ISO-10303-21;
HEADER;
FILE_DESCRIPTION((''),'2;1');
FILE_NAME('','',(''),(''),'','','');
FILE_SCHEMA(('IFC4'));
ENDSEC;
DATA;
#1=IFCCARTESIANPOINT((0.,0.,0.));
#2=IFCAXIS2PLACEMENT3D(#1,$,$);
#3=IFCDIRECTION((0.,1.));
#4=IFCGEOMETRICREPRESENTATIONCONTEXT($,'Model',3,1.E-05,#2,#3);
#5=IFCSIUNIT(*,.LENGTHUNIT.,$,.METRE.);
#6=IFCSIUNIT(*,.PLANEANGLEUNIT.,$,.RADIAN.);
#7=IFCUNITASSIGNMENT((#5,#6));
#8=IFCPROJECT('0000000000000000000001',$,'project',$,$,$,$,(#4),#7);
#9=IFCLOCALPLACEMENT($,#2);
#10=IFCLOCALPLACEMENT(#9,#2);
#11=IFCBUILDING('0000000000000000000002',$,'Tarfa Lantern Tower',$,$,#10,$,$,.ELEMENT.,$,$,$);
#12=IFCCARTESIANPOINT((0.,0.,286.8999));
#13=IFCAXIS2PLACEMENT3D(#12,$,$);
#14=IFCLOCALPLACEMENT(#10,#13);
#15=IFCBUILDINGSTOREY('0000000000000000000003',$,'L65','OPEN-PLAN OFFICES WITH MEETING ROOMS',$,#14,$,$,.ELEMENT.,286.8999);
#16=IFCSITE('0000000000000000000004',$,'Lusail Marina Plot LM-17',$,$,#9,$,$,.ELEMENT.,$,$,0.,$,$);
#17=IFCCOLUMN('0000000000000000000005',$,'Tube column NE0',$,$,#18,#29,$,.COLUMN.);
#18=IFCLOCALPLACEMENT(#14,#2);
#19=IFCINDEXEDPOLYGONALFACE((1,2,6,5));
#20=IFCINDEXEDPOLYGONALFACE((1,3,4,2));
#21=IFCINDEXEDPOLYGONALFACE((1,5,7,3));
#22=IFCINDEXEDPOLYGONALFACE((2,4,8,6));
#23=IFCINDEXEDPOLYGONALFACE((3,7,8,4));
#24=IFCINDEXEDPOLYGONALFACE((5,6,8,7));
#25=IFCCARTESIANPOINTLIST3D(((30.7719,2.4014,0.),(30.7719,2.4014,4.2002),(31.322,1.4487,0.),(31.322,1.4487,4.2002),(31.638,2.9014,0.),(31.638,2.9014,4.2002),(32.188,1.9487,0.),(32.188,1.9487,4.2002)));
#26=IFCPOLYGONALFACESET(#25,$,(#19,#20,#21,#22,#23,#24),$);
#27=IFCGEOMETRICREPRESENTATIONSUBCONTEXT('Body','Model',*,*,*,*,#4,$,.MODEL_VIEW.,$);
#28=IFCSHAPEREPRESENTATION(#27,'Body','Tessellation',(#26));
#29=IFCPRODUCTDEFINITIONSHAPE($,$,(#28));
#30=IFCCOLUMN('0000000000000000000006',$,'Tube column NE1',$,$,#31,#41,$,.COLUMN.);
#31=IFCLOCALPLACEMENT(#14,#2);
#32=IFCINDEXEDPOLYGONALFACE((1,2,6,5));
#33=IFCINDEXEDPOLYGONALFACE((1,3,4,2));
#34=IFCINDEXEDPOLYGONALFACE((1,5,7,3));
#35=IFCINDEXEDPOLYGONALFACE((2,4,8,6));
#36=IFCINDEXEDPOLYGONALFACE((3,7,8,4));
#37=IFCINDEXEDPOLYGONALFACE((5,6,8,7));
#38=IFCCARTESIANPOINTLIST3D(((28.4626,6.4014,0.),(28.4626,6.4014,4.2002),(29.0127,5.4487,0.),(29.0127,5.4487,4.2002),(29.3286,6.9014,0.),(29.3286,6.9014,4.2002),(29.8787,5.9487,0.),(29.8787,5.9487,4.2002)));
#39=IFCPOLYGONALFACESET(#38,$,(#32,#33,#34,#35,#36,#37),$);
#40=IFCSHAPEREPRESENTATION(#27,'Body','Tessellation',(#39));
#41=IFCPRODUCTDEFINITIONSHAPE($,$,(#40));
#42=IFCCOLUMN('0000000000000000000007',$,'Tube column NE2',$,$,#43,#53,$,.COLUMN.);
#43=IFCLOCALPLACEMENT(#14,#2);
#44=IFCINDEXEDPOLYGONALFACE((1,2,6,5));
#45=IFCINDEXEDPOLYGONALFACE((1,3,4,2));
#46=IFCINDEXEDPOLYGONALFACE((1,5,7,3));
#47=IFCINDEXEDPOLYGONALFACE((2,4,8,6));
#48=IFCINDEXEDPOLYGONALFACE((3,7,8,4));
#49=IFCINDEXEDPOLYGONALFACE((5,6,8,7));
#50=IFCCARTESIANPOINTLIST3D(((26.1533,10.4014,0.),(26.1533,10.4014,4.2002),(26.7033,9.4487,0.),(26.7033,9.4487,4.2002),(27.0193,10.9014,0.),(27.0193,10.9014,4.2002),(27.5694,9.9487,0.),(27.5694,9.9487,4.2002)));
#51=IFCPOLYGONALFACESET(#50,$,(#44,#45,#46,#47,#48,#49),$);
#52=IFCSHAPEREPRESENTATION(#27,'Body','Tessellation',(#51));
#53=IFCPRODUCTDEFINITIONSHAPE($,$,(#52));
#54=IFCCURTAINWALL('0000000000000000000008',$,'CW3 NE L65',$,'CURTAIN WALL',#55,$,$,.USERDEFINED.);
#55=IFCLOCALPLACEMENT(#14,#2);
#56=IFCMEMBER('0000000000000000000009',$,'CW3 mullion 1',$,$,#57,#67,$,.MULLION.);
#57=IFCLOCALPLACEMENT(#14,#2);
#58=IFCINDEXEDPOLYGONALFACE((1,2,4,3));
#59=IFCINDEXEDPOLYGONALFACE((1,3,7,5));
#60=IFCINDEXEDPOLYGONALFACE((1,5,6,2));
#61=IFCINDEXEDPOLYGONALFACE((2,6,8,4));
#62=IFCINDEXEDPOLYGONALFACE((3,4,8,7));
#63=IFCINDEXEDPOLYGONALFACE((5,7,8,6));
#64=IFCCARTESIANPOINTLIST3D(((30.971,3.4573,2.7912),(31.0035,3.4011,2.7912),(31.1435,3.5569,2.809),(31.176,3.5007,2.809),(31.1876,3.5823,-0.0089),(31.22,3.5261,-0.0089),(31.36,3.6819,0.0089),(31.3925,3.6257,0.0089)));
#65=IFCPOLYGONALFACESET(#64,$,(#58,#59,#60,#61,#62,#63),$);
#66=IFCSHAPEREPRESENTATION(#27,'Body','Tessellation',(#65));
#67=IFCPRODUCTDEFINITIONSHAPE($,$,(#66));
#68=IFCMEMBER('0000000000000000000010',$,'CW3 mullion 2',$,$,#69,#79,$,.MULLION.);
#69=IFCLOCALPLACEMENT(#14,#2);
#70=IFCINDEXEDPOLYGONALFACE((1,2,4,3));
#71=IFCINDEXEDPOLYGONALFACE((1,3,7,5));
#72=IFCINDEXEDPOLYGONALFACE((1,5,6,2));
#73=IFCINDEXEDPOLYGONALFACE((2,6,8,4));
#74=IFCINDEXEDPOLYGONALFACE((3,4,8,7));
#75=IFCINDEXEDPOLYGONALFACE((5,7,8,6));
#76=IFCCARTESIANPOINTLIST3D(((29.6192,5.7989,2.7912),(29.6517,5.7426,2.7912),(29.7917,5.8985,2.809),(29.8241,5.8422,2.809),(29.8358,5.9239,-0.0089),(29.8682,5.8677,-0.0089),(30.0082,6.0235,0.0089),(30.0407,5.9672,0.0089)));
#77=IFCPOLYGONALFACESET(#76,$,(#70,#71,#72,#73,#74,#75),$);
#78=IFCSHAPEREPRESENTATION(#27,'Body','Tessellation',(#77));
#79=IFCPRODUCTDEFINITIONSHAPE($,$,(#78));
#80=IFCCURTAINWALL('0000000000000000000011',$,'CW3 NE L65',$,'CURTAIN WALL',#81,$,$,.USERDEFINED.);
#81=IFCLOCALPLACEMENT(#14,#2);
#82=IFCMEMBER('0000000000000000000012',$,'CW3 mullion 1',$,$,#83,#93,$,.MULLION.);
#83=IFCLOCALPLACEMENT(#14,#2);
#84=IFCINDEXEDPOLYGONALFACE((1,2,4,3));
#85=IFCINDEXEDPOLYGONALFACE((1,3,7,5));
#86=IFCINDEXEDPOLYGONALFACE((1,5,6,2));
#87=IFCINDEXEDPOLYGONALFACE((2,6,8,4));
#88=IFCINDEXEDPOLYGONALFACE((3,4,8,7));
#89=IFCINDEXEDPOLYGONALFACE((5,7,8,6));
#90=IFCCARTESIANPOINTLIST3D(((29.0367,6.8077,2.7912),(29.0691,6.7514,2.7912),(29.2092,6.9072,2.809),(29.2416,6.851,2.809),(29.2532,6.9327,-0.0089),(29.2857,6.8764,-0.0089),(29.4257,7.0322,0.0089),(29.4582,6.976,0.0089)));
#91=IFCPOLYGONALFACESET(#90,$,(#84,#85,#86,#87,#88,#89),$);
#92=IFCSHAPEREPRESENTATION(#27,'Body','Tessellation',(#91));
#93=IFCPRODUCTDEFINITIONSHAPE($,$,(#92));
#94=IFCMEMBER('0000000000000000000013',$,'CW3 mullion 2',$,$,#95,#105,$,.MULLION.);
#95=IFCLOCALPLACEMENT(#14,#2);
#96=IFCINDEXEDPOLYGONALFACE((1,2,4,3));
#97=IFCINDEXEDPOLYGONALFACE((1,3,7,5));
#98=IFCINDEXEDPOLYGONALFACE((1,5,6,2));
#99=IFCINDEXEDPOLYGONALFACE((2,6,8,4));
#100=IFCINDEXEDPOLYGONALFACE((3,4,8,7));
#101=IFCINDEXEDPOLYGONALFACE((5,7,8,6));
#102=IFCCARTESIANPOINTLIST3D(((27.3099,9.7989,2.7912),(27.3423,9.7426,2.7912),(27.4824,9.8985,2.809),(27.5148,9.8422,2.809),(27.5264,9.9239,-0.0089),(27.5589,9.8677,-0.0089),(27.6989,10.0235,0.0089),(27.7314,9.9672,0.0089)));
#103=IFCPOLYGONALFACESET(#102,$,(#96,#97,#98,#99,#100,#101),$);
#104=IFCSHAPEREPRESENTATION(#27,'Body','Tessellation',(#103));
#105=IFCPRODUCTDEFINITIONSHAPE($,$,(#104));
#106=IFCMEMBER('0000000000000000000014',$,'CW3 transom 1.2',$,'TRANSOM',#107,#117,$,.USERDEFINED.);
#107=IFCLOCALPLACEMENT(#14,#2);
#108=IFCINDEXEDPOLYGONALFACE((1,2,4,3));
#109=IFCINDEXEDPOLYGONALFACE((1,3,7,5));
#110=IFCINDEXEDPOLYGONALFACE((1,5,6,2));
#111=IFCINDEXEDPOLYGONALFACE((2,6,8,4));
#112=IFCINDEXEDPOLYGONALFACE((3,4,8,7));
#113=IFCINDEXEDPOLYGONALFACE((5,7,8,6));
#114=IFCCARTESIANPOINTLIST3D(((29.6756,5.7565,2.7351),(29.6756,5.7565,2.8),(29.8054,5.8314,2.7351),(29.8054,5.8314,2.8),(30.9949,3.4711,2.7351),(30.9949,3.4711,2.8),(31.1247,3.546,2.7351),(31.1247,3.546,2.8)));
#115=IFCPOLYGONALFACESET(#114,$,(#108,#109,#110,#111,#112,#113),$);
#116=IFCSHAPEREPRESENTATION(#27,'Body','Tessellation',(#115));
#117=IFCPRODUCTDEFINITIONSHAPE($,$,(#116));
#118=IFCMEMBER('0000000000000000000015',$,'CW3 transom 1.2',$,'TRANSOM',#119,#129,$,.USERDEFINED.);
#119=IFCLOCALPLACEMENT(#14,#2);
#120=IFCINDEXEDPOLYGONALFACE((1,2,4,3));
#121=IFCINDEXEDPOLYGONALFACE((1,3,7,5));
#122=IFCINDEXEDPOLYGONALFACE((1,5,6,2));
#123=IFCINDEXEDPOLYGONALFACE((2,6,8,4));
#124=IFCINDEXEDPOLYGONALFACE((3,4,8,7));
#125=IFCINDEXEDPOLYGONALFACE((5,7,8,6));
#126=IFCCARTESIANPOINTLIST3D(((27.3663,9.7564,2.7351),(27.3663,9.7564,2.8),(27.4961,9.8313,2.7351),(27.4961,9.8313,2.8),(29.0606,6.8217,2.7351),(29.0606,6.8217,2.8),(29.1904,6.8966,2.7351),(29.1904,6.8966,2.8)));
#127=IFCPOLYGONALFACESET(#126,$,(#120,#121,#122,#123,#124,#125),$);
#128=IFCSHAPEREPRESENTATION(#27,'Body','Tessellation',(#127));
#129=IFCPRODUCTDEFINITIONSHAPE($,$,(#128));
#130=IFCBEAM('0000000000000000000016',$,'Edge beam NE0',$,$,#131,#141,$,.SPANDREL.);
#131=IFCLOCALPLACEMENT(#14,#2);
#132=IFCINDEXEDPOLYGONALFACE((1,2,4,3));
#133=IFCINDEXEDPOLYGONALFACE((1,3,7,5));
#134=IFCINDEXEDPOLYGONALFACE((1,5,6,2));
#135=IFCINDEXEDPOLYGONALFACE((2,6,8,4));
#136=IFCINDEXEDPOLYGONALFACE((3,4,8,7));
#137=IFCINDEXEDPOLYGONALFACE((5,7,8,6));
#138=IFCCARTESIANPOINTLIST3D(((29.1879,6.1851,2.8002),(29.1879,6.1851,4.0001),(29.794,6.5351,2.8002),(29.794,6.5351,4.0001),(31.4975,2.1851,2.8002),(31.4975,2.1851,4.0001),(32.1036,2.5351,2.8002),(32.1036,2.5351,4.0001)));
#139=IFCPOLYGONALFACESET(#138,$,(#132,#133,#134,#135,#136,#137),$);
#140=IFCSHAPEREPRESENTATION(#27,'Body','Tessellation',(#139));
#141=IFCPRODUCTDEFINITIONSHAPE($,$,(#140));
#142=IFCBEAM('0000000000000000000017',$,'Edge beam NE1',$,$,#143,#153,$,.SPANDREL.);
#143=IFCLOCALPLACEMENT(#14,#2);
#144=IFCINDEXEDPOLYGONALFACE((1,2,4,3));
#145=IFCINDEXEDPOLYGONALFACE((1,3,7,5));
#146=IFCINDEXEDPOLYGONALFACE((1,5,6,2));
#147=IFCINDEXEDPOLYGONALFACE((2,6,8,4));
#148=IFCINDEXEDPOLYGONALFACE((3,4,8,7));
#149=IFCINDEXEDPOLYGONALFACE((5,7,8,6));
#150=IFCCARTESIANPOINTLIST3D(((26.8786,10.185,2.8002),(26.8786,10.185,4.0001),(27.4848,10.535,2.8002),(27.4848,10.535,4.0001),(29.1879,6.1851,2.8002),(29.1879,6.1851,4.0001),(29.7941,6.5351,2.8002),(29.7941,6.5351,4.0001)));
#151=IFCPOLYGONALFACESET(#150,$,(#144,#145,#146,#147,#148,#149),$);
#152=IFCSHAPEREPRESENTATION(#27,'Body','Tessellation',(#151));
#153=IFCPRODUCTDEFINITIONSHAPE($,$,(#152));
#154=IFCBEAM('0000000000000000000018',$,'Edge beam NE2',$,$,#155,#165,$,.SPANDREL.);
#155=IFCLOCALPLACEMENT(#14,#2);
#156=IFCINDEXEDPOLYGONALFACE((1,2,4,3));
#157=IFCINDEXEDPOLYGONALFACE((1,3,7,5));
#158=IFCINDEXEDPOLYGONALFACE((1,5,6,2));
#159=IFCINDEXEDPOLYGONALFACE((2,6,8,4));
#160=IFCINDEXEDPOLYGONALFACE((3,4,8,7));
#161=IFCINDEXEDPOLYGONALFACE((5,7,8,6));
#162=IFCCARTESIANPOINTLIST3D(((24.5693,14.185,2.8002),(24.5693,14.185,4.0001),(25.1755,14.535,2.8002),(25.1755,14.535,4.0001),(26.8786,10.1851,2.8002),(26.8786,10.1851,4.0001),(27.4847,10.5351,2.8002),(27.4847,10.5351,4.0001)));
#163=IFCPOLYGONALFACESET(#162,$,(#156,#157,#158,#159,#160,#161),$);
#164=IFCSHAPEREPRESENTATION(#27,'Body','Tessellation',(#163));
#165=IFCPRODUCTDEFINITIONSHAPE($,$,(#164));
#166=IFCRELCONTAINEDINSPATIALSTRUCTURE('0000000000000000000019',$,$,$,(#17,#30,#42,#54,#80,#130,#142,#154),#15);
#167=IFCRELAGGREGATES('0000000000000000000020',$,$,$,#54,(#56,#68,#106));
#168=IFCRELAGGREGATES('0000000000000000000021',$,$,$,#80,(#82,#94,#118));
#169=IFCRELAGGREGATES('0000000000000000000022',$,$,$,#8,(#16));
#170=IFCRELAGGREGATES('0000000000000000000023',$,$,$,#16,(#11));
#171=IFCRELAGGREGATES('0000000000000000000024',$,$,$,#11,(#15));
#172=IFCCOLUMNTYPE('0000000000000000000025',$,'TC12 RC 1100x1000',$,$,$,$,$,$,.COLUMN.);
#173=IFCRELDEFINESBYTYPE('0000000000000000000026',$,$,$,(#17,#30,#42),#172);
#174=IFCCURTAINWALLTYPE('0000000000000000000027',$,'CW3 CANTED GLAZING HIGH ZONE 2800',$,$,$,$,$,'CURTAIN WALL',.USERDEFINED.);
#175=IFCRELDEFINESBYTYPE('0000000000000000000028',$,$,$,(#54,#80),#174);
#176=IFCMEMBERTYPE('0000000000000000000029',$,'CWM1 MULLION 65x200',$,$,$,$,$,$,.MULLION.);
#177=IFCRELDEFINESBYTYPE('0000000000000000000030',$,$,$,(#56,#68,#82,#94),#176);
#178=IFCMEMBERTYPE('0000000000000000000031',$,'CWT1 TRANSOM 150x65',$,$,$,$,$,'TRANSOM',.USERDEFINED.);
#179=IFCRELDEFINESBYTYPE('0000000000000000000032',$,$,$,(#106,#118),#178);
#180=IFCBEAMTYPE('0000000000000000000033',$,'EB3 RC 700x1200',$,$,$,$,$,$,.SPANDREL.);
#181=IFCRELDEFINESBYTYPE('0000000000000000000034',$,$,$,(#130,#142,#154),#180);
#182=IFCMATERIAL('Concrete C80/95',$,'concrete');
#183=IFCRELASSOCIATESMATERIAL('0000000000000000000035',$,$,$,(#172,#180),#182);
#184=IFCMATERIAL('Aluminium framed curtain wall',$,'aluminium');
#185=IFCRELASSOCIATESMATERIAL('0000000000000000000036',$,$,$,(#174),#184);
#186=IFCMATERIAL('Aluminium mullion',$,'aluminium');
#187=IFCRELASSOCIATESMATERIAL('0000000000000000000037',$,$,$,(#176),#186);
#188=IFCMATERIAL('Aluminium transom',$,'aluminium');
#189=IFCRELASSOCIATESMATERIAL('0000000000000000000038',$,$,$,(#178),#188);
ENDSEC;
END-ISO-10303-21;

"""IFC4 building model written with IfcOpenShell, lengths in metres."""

from ifc_helpers import new_model, si_unit, direction, frame, origin, origin_2d, place, context, subcontext, project, spatial, rectangle, extrude, material, material_profile, profile_set, type_object, element, aggregate, save


model = new_model("IFC4")

# Units and contexts
model_context = context("Model", 3, precision=1e-05, world=origin(), true_north=direction((0.0, 1.0)))
body_context = subcontext(model_context, "Body", "Model", "MODEL_VIEW")
ifc_project = project(units=[si_unit("LENGTHUNIT", "METRE"), si_unit("PLANEANGLEUNIT", "RADIAN")], contexts=[model_context])

# Site, building, storey
site_placement = place(None, origin())
site = spatial("IfcSite", under=ifc_project, at=site_placement, Name="Lusail Marina Plot LM-17", CompositionType="ELEMENT", RefElevation=0.0)
building_placement = place(site_placement, origin())
building = spatial("IfcBuilding", under=site, at=building_placement, Name="Tarfa Lantern Tower", CompositionType="ELEMENT")
storey_placement = place(building_placement, frame((0.0, 0.0, 286.8999)))
storey = spatial("IfcBuildingStorey", under=building, at=storey_placement, Name="L65", Description="OPEN-PLAN OFFICES WITH MEETING ROOMS", CompositionType="ELEMENT", Elevation=286.8999)

# Columns
ifc_material_1 = material(Name="Concrete C80/95", Category="concrete")
ifc_material_profile_1 = material_profile(ifc_material_1, rectangle(XDim=1.1001, YDim=1.0, at=origin_2d()), Name="RC 1100x1000")
ifc_profile_set_1 = profile_set([ifc_material_profile_1], Name="Concrete C80/95")
column_type = type_object("IfcColumnType", Name="TC12 RC 1100x1000", PredefinedType="COLUMN", material=ifc_profile_set_1)
for number, where, z_axis, x_axis, name in (
    (1, (31.48, 2.175, 0.0), (0.0, 0.0, 1.0), (-0.5, 0.866025, 0.0), "Tube column NE0"),
    (2, (29.1707, 6.175, 0.0), (0.0, 0.0, 1.0), (-0.5, 0.866025, 0.0), "Tube column NE1"),
    (3, (26.8613, 10.175, 0.0), (0.0, 0.0, 1.0), (-0.5, 0.866025, 0.0), "Tube column NE2"),
):
    element("IfcColumn", number, at=place(storey_placement, frame(where, z_axis=z_axis, x_axis=x_axis)), inside=storey, type_object=column_type, Name=name, PredefinedType="COLUMN", context=body_context, shape_type="SweptSolid", body=[
        extrude(rectangle(XDim=1.1001, YDim=1.0, at=origin_2d()), origin(), (0.0, 0.0, 1.0), 4.2002),
    ])

# Curtain walls, members
ifc_material_2 = material(Name="Aluminium framed curtain wall", Category="aluminium")
curtain_wall_type = type_object("IfcCurtainWallType", Name="CW3 CANTED GLAZING HIGH ZONE 2800", ElementType="CURTAIN WALL", PredefinedType="USERDEFINED", material=ifc_material_2)
curtain_wall_1_placement = place(storey_placement, origin())
curtain_wall_1 = element("IfcCurtainWall", 4, at=curtain_wall_1_placement, inside=storey, type_object=curtain_wall_type, Name="CW3 NE L65", ObjectType="CURTAIN WALL", PredefinedType="USERDEFINED")
ifc_material_3 = material(Name="Aluminium mullion", Category="aluminium")
ifc_material_profile_2 = material_profile(ifc_material_3, rectangle(XDim=0.0649, YDim=0.2, at=origin_2d()), Name="AL MULLION 65x200")
ifc_profile_set_2 = profile_set([ifc_material_profile_2], Name="Aluminium mullion")
member_type_1 = type_object("IfcMemberType", Name="CWM1 MULLION 65x200", PredefinedType="MULLION", material=ifc_profile_set_2)
member_1_placement = place(storey_placement, frame((31.29, 3.604, 0.0), z_axis=(-0.077032, -0.044465, 0.996037), x_axis=(0.49992, -0.866072, 0.0)))
member_1 = element("IfcMember", 5, at=member_1_placement, type_object=member_type_1, Name="CW3 mullion 1", PredefinedType="MULLION", context=body_context, shape_type="SweptSolid", body=[
    extrude(rectangle(XDim=0.0649, YDim=0.2, at=origin_2d()), origin(), (0.0, 0.0, 1.0), 2.8113),
])
member_2_placement = place(storey_placement, frame((29.9382, 5.9456, 0.0), z_axis=(-0.077032, -0.044465, 0.996037), x_axis=(0.49992, -0.866072, 0.0)))
member_2 = element("IfcMember", 6, at=member_2_placement, type_object=member_type_1, Name="CW3 mullion 2", PredefinedType="MULLION", context=body_context, shape_type="SweptSolid", body=[
    extrude(rectangle(XDim=0.0649, YDim=0.2, at=origin_2d()), origin(), (0.0, 0.0, 1.0), 2.8113),
])
curtain_wall_2_placement = place(storey_placement, origin())
curtain_wall_2 = element("IfcCurtainWall", 7, at=curtain_wall_2_placement, inside=storey, type_object=curtain_wall_type, Name="CW3 NE L65", ObjectType="CURTAIN WALL", PredefinedType="USERDEFINED")
member_3_placement = place(storey_placement, frame((29.3557, 6.9543, 0.0), z_axis=(-0.077032, -0.044465, 0.996037), x_axis=(0.49992, -0.866072, 0.0)))
member_3 = element("IfcMember", 8, at=member_3_placement, type_object=member_type_1, Name="CW3 mullion 1", PredefinedType="MULLION", context=body_context, shape_type="SweptSolid", body=[
    extrude(rectangle(XDim=0.0649, YDim=0.2, at=origin_2d()), origin(), (0.0, 0.0, 1.0), 2.8113),
])
member_4_placement = place(storey_placement, frame((27.6289, 9.9456, 0.0), z_axis=(-0.077032, -0.044465, 0.996037), x_axis=(0.49992, -0.866072, 0.0)))
member_4 = element("IfcMember", 9, at=member_4_placement, type_object=member_type_1, Name="CW3 mullion 2", PredefinedType="MULLION", context=body_context, shape_type="SweptSolid", body=[
    extrude(rectangle(XDim=0.0649, YDim=0.2, at=origin_2d()), origin(), (0.0, 0.0, 1.0), 2.8113),
])

# Members
ifc_material_4 = material(Name="Aluminium transom", Category="aluminium")
ifc_material_profile_3 = material_profile(ifc_material_4, rectangle(XDim=0.1499, YDim=0.0649, at=origin_2d()), Name="AL TRANSOM 150x65")
ifc_profile_set_3 = profile_set([ifc_material_profile_3], Name="Aluminium transom")
member_type_2 = type_object("IfcMemberType", Name="CWT1 TRANSOM 150x65", ElementType="TRANSOM", PredefinedType="USERDEFINED", material=ifc_profile_set_3)
member_5_placement = place(storey_placement, frame((31.0598, 3.5085, 2.7676), z_axis=(-0.49996, 0.866048, 0.0), x_axis=(-0.866048, -0.49996, 0.0)))
member_5 = element("IfcMember", 10, at=member_5_placement, type_object=member_type_2, Name="CW3 transom 1.2", ObjectType="TRANSOM", PredefinedType="USERDEFINED", context=body_context, shape_type="SweptSolid", body=[
    extrude(rectangle(XDim=0.1499, YDim=0.0649, at=origin_2d()), origin(), (0.0, 0.0, 1.0), 2.6389),
])
member_6_placement = place(storey_placement, frame((29.1255, 6.8591, 2.7676), z_axis=(-0.499982, 0.866036, 0.0), x_axis=(-0.866036, -0.499982, 0.0)))
member_6 = element("IfcMember", 11, at=member_6_placement, type_object=member_type_2, Name="CW3 transom 1.2", ObjectType="TRANSOM", PredefinedType="USERDEFINED", context=body_context, shape_type="SweptSolid", body=[
    extrude(rectangle(XDim=0.1499, YDim=0.0649, at=origin_2d()), origin(), (0.0, 0.0, 1.0), 3.3887),
])

# Beams
ifc_material_profile_4 = material_profile(ifc_material_1, rectangle(XDim=0.7, YDim=1.2, at=origin_2d()), Name="RC 700x1200")
ifc_profile_set_4 = profile_set([ifc_material_profile_4], Name="Concrete C80/95")
beam_type_1 = type_object("IfcBeamType", Name="EB3 RC 700x1200", PredefinedType="SPANDREL", material=ifc_profile_set_4)
beam_1_placement = place(storey_placement, frame((31.8005, 2.3601, 3.4001), z_axis=(-0.500027, 0.86601, 0.0), x_axis=(-0.86601, -0.500027, 0.0)))
element("IfcBeam", 12, at=beam_1_placement, inside=storey, type_object=beam_type_1, Name="Edge beam NE0", PredefinedType="SPANDREL", context=body_context, shape_type="SweptSolid", body=[
    extrude(rectangle(XDim=0.7, YDim=1.2, at=origin_2d()), origin(), (0.0, 0.0, 1.0), 4.6189),
])
for number, where, z_axis, x_axis, name in (
    (13, (29.491, 6.3601, 3.4001), (-0.499988, 0.866032, 0.0), (-0.866032, -0.499988, 0.0), "Edge beam NE1"),
    (14, (27.1816, 10.3601, 3.4001), (-0.499988, 0.866032, 0.0), (-0.866032, -0.499988, 0.0), "Edge beam NE2"),
):
    element("IfcBeam", number, at=place(storey_placement, frame(where, z_axis=z_axis, x_axis=x_axis)), inside=storey, type_object=beam_type_1, Name=name, PredefinedType="SPANDREL", context=body_context, shape_type="SweptSolid", body=[
        extrude(rectangle(XDim=0.7, YDim=1.2, at=origin_2d()), origin(), (0.0, 0.0, 1.0), 4.6187),
    ])

aggregate(curtain_wall_1, [member_1, member_2, member_5])
aggregate(curtain_wall_2, [member_3, member_4, member_6])

save(model, "model.ifc")
